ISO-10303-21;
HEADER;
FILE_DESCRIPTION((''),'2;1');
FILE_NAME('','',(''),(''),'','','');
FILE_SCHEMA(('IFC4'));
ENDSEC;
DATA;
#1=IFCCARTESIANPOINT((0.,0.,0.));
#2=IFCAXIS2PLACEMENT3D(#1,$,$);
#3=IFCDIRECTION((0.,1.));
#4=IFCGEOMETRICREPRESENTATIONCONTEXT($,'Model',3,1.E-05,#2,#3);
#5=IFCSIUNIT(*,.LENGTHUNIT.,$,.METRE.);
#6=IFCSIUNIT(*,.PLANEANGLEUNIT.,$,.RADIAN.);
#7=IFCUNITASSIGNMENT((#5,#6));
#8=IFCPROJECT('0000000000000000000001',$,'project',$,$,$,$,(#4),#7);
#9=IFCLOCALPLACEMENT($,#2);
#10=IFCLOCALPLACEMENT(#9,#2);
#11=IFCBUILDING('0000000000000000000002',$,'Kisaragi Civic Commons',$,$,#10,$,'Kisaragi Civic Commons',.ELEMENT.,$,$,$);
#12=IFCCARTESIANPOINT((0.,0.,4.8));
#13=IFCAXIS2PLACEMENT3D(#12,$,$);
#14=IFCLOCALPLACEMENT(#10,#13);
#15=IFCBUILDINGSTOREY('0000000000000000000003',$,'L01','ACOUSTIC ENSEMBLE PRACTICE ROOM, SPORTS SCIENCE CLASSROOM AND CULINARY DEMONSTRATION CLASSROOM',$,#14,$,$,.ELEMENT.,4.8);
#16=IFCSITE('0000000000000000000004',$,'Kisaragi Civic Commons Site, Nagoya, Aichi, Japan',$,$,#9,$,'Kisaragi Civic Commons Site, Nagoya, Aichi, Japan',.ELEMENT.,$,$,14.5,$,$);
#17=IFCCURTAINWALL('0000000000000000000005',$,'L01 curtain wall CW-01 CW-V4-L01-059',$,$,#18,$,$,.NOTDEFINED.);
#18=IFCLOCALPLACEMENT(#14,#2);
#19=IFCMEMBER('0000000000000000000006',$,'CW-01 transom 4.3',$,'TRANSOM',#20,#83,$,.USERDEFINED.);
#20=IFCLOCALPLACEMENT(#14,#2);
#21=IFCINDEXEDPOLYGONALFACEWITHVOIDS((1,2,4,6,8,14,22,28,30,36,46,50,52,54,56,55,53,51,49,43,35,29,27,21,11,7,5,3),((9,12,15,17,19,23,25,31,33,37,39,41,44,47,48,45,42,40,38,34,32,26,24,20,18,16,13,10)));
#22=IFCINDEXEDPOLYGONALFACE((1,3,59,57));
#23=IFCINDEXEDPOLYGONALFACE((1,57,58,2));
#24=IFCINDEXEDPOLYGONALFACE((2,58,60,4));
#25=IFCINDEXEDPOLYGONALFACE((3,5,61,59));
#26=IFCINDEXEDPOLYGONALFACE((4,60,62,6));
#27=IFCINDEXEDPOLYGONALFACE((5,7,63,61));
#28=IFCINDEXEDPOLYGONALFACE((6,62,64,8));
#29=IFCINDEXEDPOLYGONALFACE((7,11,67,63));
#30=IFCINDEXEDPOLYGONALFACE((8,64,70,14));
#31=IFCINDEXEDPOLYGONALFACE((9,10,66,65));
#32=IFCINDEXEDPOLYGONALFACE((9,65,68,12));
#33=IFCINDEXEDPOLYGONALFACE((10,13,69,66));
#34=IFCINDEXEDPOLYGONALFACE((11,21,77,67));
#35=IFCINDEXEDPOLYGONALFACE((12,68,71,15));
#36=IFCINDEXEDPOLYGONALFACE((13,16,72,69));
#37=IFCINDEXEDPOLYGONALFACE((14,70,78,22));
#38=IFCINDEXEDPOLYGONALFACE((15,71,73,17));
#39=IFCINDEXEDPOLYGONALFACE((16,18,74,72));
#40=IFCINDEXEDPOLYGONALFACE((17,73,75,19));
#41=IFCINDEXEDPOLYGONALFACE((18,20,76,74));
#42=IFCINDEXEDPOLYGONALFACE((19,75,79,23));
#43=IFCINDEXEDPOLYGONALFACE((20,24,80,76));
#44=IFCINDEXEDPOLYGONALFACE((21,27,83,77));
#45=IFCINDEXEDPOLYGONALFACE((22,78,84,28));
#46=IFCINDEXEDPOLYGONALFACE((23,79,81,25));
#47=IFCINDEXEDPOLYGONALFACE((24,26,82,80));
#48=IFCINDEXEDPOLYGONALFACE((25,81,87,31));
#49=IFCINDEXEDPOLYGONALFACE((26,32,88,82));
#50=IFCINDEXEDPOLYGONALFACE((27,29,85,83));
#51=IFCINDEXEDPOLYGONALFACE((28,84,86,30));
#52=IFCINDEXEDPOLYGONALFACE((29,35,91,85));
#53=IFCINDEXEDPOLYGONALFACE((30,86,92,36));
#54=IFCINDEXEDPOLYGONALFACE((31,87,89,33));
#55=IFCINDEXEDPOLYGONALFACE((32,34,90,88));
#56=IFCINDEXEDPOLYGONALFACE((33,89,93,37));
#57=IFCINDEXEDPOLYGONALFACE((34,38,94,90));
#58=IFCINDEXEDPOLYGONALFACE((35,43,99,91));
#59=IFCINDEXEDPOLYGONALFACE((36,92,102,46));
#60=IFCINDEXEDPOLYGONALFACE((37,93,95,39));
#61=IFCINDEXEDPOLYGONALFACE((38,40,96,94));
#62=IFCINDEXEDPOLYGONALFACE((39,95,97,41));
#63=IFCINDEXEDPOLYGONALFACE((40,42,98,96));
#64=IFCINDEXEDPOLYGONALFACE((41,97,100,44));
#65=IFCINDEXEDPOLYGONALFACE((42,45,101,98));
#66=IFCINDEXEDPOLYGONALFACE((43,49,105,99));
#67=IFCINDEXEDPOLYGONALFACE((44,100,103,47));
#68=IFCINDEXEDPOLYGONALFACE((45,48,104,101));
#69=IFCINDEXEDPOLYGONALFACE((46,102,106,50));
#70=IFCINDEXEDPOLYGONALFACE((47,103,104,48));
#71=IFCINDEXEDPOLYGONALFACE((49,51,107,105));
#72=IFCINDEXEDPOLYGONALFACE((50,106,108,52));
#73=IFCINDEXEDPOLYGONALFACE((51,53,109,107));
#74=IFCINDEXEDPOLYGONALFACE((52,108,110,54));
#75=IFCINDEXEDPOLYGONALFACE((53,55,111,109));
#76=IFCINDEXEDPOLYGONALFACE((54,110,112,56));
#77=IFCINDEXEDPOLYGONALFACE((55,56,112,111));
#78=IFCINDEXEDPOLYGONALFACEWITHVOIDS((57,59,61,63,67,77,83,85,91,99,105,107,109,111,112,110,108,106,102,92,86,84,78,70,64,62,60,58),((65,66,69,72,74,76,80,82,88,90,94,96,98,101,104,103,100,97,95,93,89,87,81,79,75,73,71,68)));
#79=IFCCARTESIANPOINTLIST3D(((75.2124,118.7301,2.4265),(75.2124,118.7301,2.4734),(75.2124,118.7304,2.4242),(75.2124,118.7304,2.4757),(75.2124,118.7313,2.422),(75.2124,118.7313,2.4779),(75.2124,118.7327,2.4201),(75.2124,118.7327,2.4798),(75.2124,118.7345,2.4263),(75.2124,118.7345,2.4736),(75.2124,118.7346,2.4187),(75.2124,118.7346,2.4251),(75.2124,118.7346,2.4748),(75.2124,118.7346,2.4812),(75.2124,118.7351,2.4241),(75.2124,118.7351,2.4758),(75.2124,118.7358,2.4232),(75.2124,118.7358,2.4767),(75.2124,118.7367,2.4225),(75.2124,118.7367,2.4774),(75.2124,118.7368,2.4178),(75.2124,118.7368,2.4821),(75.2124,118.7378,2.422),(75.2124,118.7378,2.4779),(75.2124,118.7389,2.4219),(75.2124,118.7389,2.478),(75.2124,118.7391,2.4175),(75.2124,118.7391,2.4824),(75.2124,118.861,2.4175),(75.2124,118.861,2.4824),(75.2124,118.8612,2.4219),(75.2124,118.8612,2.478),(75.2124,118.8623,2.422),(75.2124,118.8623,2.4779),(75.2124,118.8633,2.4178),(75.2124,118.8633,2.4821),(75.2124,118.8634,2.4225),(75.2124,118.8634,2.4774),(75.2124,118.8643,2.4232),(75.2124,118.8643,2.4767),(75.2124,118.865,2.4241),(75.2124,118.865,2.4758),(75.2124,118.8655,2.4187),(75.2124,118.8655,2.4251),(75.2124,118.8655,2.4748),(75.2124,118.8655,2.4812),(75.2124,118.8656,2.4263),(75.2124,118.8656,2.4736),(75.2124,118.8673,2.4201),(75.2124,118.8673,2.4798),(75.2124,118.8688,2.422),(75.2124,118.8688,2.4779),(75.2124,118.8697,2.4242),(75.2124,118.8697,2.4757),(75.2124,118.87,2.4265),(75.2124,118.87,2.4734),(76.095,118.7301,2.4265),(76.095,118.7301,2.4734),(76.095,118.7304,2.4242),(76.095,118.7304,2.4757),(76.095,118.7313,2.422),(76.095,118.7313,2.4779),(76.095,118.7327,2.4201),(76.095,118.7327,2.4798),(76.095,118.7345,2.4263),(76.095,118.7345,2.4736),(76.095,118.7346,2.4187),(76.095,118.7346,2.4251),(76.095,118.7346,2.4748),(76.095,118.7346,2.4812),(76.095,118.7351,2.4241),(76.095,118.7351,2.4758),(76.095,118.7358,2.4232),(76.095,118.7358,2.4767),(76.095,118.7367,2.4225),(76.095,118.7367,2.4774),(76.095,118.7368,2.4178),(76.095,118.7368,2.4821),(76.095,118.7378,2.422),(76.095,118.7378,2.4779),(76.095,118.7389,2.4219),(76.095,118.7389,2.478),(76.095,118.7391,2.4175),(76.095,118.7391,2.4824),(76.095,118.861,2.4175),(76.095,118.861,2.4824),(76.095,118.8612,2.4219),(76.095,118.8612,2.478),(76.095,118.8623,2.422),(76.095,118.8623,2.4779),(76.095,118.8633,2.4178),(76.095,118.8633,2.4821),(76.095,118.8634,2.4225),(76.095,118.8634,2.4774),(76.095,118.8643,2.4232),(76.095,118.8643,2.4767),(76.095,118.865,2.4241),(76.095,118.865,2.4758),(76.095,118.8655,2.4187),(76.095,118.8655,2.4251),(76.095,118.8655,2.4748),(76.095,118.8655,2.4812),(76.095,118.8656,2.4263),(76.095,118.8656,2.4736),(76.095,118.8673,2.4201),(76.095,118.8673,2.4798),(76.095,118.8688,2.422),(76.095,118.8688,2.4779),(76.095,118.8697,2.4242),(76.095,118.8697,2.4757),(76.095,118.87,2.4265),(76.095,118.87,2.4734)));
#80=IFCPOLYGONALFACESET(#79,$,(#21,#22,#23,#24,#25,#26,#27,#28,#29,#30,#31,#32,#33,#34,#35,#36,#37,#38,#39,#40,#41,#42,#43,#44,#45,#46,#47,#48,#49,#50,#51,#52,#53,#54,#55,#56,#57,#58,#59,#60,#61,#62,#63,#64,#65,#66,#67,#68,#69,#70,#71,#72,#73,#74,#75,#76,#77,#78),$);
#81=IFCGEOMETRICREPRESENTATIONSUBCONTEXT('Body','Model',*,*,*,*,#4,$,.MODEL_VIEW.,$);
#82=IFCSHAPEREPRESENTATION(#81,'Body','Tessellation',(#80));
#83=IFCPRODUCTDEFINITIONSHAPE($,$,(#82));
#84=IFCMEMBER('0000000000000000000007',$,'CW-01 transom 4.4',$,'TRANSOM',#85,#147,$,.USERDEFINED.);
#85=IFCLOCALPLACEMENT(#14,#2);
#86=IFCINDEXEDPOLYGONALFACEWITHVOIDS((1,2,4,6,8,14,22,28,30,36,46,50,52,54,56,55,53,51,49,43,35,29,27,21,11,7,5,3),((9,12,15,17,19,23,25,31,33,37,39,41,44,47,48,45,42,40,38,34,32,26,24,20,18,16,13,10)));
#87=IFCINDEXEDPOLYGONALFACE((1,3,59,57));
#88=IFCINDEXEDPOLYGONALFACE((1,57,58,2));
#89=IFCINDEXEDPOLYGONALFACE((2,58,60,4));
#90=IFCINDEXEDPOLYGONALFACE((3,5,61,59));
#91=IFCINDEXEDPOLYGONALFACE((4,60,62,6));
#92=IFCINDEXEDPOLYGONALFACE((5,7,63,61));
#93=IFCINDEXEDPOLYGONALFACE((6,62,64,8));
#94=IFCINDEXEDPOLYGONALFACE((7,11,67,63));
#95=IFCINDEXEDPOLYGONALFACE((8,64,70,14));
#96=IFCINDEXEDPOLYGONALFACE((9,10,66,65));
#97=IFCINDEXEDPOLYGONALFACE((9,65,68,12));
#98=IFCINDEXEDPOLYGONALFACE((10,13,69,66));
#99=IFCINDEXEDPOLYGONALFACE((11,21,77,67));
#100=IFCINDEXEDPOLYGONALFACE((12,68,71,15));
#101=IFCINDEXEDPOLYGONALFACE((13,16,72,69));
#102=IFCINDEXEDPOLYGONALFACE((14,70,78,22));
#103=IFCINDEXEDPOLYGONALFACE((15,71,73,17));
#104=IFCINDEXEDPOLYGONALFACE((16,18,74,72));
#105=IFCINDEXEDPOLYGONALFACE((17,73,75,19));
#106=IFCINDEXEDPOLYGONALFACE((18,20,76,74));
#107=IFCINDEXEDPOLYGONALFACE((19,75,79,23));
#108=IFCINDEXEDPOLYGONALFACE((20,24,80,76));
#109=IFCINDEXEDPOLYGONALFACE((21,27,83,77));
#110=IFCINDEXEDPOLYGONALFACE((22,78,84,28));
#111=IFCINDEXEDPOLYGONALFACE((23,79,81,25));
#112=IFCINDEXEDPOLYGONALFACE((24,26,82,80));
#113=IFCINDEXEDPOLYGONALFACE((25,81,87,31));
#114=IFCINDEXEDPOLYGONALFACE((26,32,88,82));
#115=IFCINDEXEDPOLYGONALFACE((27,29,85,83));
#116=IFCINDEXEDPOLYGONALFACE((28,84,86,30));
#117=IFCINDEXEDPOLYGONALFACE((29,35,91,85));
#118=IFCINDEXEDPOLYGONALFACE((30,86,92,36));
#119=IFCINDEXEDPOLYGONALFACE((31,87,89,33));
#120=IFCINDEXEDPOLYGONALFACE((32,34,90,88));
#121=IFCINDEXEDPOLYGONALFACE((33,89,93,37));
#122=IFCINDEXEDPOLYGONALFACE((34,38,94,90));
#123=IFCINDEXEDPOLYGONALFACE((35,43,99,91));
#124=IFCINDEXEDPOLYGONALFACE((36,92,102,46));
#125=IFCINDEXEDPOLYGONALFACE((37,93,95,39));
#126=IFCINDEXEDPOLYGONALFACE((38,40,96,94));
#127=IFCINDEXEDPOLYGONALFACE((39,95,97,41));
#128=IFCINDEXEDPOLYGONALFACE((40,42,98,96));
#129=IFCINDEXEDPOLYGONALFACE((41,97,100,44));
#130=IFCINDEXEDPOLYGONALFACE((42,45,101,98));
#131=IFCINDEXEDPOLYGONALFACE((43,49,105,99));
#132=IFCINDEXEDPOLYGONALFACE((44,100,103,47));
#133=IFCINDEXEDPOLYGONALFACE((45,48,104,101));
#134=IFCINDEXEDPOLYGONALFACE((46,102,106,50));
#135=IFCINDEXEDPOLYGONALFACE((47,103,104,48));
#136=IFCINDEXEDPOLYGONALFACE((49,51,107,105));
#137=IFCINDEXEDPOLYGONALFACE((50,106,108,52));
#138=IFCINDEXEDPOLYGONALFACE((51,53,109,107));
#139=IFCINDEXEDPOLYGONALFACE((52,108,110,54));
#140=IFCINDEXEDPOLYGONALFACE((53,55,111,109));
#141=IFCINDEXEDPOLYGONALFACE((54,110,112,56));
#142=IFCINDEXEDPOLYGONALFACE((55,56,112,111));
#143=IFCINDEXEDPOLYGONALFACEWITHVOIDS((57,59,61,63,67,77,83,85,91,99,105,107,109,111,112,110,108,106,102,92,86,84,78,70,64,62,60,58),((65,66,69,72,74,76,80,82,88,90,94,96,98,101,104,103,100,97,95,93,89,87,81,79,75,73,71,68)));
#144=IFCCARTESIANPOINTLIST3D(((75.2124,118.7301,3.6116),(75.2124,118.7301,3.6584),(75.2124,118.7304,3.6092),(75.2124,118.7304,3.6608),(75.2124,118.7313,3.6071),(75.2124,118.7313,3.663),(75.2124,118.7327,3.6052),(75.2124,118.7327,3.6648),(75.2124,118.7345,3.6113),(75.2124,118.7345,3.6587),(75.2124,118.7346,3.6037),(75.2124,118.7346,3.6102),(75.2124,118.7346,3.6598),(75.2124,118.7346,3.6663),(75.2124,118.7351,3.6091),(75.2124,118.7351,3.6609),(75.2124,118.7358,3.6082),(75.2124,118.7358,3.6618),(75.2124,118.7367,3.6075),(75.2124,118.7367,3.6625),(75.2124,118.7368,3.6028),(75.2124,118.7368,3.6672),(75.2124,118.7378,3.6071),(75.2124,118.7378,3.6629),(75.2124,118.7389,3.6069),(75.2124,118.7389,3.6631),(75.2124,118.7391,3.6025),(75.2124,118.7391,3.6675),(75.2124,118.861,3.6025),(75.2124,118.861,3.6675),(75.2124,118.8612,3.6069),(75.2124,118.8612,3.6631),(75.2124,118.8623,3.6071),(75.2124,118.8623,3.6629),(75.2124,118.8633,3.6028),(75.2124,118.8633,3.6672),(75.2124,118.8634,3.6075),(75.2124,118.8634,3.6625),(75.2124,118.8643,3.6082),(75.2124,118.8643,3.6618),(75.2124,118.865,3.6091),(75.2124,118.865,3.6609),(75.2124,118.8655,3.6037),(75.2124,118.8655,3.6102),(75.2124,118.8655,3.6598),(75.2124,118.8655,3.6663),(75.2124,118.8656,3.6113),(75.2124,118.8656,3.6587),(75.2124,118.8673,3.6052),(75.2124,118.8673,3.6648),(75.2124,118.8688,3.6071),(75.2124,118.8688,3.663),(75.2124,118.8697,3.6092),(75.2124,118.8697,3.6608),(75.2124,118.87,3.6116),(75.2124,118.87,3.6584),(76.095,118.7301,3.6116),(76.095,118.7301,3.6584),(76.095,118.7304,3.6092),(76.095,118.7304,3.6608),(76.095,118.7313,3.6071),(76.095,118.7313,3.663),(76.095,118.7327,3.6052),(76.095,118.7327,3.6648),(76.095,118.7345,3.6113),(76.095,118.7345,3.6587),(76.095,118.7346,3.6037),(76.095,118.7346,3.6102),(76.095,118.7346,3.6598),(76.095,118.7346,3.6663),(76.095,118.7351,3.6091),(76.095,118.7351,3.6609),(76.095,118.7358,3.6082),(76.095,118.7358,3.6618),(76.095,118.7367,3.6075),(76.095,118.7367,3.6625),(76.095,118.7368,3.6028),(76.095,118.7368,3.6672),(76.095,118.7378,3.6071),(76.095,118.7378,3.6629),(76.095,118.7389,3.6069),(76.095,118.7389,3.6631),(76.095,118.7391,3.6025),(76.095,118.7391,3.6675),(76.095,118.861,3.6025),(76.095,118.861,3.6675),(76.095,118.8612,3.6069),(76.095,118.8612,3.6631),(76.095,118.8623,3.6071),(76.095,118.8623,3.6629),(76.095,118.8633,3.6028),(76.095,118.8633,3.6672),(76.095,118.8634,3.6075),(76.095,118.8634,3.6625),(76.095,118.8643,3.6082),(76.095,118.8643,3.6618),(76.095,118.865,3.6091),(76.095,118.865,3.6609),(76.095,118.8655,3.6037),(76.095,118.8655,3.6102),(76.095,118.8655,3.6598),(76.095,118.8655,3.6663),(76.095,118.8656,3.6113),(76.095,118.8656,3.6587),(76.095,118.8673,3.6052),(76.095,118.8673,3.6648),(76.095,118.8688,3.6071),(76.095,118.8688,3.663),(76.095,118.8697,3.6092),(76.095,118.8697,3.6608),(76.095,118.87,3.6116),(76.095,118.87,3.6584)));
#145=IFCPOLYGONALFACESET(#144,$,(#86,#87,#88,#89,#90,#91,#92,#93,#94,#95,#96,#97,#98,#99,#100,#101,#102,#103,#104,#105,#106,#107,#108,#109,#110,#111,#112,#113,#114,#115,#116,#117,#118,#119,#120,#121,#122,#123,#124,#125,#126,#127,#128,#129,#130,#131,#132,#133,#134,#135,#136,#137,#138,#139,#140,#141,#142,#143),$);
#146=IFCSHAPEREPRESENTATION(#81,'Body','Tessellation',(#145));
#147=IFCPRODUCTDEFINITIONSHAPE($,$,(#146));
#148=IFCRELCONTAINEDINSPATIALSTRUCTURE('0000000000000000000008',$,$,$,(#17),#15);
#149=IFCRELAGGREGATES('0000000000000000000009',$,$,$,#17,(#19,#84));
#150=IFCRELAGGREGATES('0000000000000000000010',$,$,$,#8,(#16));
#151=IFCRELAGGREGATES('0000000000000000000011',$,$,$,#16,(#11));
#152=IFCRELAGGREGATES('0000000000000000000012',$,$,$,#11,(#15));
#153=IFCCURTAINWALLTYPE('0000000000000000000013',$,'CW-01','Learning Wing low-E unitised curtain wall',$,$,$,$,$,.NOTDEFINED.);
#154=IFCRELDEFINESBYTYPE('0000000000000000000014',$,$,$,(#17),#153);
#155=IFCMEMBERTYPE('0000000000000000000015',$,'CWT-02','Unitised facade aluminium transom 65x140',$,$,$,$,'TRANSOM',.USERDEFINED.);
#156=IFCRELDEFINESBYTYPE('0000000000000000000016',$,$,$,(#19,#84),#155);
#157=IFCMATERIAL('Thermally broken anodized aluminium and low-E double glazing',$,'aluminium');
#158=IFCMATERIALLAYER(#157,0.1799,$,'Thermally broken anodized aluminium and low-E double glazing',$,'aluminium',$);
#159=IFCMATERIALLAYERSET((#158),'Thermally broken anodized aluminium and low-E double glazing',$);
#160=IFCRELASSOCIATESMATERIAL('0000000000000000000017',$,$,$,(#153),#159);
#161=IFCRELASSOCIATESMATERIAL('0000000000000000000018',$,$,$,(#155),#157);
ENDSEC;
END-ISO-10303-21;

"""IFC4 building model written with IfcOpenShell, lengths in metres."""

from ifc_helpers import new_model, si_unit, direction, frame, origin, origin_2d, place, context, subcontext, project, spatial, hollow_rectangle, extrude, material, layer, layer_set, material_profile, profile_set, type_object, element, aggregate, save


model = new_model("IFC4")

# Units and contexts
model_context = context("Model", 3, precision=1e-05, world=origin(), true_north=direction((0.0, 1.0)))
body_context = subcontext(model_context, "Body", "Model", "MODEL_VIEW")
ifc_project = project(units=[si_unit("LENGTHUNIT", "METRE"), si_unit("PLANEANGLEUNIT", "RADIAN")], contexts=[model_context])

# Site, building, storey
site_placement = place(None, origin())
site = spatial("IfcSite", under=ifc_project, at=site_placement, Name="Kisaragi Civic Commons Site, Nagoya, Aichi, Japan", LongName="Kisaragi Civic Commons Site, Nagoya, Aichi, Japan", CompositionType="ELEMENT", RefElevation=14.5)
building_placement = place(site_placement, origin())
building = spatial("IfcBuilding", under=site, at=building_placement, Name="Kisaragi Civic Commons", LongName="Kisaragi Civic Commons", CompositionType="ELEMENT")
storey_placement = place(building_placement, frame((0.0, 0.0, 4.8)))
storey = spatial("IfcBuildingStorey", under=building, at=storey_placement, Name="L01", Description="ACOUSTIC ENSEMBLE PRACTICE ROOM, SPORTS SCIENCE CLASSROOM AND CULINARY DEMONSTRATION CLASSROOM", CompositionType="ELEMENT", Elevation=4.8)

# Curtain wall
ifc_material_1 = material(Name="Thermally broken anodized aluminium and low-E double glazing", Category="aluminium")
ifc_layer_1 = layer(ifc_material_1, 0.1799, Name="Thermally broken anodized aluminium and low-E double glazing", Category="aluminium")
ifc_layer_set_1 = layer_set([ifc_layer_1], Name="Thermally broken anodized aluminium and low-E double glazing")
curtain_wall_type = type_object("IfcCurtainWallType", Name="CW-01", Description="Learning Wing low-E unitised curtain wall", PredefinedType="NOTDEFINED", material=ifc_layer_set_1)
curtain_wall_1_placement = place(storey_placement, origin())
curtain_wall_1 = element("IfcCurtainWall", 1, at=curtain_wall_1_placement, inside=storey, type_object=curtain_wall_type, Name="L01 curtain wall CW-01 CW-V4-L01-059", PredefinedType="NOTDEFINED")

# Members
ifc_material_profile_1 = material_profile(ifc_material_1, hollow_rectangle(XDim=0.1399, YDim=0.0649, WallThickness=0.0044, InnerFilletRadius=0.0044, OuterFilletRadius=0.009, at=origin_2d()), Name="CWT-65x140x4.5", Category="aluminium")
ifc_profile_set_1 = profile_set([ifc_material_profile_1], Name="Thermally broken anodized aluminium and low-E double glazing")
member_type_1 = type_object("IfcMemberType", Name="CWT-02", Description="Unitised facade aluminium transom 65x140", ElementType="TRANSOM", PredefinedType="USERDEFINED", material=ifc_profile_set_1)
member_1_placement = place(storey_placement, frame((75.2124, 118.8, 2.45), z_axis=(1.0, 0.0, 0.0), x_axis=(0.0, 1.0, 0.0)))
member_1 = element("IfcMember", 2, at=member_1_placement, type_object=member_type_1, Name="CW-01 transom 4.3", ObjectType="TRANSOM", PredefinedType="USERDEFINED", context=body_context, shape_type="SweptSolid", body=[
    extrude(hollow_rectangle(XDim=0.1399, YDim=0.0649, WallThickness=0.0044, InnerFilletRadius=0.0044, OuterFilletRadius=0.009, at=origin_2d()), origin(), (0.0, 0.0, 1.0), 0.8826),
])
member_2_placement = place(storey_placement, frame((75.2124, 118.8, 3.635), z_axis=(1.0, 0.0, 0.0), x_axis=(0.0, 1.0, 0.0)))
member_2 = element("IfcMember", 3, at=member_2_placement, type_object=member_type_1, Name="CW-01 transom 4.4", ObjectType="TRANSOM", PredefinedType="USERDEFINED", context=body_context, shape_type="SweptSolid", body=[
    extrude(hollow_rectangle(XDim=0.1399, YDim=0.0649, WallThickness=0.0044, InnerFilletRadius=0.0044, OuterFilletRadius=0.009, at=origin_2d()), origin(), (0.0, 0.0, 1.0), 0.8826),
])

aggregate(curtain_wall_1, [member_1, member_2])

save(model, "model.ifc")
